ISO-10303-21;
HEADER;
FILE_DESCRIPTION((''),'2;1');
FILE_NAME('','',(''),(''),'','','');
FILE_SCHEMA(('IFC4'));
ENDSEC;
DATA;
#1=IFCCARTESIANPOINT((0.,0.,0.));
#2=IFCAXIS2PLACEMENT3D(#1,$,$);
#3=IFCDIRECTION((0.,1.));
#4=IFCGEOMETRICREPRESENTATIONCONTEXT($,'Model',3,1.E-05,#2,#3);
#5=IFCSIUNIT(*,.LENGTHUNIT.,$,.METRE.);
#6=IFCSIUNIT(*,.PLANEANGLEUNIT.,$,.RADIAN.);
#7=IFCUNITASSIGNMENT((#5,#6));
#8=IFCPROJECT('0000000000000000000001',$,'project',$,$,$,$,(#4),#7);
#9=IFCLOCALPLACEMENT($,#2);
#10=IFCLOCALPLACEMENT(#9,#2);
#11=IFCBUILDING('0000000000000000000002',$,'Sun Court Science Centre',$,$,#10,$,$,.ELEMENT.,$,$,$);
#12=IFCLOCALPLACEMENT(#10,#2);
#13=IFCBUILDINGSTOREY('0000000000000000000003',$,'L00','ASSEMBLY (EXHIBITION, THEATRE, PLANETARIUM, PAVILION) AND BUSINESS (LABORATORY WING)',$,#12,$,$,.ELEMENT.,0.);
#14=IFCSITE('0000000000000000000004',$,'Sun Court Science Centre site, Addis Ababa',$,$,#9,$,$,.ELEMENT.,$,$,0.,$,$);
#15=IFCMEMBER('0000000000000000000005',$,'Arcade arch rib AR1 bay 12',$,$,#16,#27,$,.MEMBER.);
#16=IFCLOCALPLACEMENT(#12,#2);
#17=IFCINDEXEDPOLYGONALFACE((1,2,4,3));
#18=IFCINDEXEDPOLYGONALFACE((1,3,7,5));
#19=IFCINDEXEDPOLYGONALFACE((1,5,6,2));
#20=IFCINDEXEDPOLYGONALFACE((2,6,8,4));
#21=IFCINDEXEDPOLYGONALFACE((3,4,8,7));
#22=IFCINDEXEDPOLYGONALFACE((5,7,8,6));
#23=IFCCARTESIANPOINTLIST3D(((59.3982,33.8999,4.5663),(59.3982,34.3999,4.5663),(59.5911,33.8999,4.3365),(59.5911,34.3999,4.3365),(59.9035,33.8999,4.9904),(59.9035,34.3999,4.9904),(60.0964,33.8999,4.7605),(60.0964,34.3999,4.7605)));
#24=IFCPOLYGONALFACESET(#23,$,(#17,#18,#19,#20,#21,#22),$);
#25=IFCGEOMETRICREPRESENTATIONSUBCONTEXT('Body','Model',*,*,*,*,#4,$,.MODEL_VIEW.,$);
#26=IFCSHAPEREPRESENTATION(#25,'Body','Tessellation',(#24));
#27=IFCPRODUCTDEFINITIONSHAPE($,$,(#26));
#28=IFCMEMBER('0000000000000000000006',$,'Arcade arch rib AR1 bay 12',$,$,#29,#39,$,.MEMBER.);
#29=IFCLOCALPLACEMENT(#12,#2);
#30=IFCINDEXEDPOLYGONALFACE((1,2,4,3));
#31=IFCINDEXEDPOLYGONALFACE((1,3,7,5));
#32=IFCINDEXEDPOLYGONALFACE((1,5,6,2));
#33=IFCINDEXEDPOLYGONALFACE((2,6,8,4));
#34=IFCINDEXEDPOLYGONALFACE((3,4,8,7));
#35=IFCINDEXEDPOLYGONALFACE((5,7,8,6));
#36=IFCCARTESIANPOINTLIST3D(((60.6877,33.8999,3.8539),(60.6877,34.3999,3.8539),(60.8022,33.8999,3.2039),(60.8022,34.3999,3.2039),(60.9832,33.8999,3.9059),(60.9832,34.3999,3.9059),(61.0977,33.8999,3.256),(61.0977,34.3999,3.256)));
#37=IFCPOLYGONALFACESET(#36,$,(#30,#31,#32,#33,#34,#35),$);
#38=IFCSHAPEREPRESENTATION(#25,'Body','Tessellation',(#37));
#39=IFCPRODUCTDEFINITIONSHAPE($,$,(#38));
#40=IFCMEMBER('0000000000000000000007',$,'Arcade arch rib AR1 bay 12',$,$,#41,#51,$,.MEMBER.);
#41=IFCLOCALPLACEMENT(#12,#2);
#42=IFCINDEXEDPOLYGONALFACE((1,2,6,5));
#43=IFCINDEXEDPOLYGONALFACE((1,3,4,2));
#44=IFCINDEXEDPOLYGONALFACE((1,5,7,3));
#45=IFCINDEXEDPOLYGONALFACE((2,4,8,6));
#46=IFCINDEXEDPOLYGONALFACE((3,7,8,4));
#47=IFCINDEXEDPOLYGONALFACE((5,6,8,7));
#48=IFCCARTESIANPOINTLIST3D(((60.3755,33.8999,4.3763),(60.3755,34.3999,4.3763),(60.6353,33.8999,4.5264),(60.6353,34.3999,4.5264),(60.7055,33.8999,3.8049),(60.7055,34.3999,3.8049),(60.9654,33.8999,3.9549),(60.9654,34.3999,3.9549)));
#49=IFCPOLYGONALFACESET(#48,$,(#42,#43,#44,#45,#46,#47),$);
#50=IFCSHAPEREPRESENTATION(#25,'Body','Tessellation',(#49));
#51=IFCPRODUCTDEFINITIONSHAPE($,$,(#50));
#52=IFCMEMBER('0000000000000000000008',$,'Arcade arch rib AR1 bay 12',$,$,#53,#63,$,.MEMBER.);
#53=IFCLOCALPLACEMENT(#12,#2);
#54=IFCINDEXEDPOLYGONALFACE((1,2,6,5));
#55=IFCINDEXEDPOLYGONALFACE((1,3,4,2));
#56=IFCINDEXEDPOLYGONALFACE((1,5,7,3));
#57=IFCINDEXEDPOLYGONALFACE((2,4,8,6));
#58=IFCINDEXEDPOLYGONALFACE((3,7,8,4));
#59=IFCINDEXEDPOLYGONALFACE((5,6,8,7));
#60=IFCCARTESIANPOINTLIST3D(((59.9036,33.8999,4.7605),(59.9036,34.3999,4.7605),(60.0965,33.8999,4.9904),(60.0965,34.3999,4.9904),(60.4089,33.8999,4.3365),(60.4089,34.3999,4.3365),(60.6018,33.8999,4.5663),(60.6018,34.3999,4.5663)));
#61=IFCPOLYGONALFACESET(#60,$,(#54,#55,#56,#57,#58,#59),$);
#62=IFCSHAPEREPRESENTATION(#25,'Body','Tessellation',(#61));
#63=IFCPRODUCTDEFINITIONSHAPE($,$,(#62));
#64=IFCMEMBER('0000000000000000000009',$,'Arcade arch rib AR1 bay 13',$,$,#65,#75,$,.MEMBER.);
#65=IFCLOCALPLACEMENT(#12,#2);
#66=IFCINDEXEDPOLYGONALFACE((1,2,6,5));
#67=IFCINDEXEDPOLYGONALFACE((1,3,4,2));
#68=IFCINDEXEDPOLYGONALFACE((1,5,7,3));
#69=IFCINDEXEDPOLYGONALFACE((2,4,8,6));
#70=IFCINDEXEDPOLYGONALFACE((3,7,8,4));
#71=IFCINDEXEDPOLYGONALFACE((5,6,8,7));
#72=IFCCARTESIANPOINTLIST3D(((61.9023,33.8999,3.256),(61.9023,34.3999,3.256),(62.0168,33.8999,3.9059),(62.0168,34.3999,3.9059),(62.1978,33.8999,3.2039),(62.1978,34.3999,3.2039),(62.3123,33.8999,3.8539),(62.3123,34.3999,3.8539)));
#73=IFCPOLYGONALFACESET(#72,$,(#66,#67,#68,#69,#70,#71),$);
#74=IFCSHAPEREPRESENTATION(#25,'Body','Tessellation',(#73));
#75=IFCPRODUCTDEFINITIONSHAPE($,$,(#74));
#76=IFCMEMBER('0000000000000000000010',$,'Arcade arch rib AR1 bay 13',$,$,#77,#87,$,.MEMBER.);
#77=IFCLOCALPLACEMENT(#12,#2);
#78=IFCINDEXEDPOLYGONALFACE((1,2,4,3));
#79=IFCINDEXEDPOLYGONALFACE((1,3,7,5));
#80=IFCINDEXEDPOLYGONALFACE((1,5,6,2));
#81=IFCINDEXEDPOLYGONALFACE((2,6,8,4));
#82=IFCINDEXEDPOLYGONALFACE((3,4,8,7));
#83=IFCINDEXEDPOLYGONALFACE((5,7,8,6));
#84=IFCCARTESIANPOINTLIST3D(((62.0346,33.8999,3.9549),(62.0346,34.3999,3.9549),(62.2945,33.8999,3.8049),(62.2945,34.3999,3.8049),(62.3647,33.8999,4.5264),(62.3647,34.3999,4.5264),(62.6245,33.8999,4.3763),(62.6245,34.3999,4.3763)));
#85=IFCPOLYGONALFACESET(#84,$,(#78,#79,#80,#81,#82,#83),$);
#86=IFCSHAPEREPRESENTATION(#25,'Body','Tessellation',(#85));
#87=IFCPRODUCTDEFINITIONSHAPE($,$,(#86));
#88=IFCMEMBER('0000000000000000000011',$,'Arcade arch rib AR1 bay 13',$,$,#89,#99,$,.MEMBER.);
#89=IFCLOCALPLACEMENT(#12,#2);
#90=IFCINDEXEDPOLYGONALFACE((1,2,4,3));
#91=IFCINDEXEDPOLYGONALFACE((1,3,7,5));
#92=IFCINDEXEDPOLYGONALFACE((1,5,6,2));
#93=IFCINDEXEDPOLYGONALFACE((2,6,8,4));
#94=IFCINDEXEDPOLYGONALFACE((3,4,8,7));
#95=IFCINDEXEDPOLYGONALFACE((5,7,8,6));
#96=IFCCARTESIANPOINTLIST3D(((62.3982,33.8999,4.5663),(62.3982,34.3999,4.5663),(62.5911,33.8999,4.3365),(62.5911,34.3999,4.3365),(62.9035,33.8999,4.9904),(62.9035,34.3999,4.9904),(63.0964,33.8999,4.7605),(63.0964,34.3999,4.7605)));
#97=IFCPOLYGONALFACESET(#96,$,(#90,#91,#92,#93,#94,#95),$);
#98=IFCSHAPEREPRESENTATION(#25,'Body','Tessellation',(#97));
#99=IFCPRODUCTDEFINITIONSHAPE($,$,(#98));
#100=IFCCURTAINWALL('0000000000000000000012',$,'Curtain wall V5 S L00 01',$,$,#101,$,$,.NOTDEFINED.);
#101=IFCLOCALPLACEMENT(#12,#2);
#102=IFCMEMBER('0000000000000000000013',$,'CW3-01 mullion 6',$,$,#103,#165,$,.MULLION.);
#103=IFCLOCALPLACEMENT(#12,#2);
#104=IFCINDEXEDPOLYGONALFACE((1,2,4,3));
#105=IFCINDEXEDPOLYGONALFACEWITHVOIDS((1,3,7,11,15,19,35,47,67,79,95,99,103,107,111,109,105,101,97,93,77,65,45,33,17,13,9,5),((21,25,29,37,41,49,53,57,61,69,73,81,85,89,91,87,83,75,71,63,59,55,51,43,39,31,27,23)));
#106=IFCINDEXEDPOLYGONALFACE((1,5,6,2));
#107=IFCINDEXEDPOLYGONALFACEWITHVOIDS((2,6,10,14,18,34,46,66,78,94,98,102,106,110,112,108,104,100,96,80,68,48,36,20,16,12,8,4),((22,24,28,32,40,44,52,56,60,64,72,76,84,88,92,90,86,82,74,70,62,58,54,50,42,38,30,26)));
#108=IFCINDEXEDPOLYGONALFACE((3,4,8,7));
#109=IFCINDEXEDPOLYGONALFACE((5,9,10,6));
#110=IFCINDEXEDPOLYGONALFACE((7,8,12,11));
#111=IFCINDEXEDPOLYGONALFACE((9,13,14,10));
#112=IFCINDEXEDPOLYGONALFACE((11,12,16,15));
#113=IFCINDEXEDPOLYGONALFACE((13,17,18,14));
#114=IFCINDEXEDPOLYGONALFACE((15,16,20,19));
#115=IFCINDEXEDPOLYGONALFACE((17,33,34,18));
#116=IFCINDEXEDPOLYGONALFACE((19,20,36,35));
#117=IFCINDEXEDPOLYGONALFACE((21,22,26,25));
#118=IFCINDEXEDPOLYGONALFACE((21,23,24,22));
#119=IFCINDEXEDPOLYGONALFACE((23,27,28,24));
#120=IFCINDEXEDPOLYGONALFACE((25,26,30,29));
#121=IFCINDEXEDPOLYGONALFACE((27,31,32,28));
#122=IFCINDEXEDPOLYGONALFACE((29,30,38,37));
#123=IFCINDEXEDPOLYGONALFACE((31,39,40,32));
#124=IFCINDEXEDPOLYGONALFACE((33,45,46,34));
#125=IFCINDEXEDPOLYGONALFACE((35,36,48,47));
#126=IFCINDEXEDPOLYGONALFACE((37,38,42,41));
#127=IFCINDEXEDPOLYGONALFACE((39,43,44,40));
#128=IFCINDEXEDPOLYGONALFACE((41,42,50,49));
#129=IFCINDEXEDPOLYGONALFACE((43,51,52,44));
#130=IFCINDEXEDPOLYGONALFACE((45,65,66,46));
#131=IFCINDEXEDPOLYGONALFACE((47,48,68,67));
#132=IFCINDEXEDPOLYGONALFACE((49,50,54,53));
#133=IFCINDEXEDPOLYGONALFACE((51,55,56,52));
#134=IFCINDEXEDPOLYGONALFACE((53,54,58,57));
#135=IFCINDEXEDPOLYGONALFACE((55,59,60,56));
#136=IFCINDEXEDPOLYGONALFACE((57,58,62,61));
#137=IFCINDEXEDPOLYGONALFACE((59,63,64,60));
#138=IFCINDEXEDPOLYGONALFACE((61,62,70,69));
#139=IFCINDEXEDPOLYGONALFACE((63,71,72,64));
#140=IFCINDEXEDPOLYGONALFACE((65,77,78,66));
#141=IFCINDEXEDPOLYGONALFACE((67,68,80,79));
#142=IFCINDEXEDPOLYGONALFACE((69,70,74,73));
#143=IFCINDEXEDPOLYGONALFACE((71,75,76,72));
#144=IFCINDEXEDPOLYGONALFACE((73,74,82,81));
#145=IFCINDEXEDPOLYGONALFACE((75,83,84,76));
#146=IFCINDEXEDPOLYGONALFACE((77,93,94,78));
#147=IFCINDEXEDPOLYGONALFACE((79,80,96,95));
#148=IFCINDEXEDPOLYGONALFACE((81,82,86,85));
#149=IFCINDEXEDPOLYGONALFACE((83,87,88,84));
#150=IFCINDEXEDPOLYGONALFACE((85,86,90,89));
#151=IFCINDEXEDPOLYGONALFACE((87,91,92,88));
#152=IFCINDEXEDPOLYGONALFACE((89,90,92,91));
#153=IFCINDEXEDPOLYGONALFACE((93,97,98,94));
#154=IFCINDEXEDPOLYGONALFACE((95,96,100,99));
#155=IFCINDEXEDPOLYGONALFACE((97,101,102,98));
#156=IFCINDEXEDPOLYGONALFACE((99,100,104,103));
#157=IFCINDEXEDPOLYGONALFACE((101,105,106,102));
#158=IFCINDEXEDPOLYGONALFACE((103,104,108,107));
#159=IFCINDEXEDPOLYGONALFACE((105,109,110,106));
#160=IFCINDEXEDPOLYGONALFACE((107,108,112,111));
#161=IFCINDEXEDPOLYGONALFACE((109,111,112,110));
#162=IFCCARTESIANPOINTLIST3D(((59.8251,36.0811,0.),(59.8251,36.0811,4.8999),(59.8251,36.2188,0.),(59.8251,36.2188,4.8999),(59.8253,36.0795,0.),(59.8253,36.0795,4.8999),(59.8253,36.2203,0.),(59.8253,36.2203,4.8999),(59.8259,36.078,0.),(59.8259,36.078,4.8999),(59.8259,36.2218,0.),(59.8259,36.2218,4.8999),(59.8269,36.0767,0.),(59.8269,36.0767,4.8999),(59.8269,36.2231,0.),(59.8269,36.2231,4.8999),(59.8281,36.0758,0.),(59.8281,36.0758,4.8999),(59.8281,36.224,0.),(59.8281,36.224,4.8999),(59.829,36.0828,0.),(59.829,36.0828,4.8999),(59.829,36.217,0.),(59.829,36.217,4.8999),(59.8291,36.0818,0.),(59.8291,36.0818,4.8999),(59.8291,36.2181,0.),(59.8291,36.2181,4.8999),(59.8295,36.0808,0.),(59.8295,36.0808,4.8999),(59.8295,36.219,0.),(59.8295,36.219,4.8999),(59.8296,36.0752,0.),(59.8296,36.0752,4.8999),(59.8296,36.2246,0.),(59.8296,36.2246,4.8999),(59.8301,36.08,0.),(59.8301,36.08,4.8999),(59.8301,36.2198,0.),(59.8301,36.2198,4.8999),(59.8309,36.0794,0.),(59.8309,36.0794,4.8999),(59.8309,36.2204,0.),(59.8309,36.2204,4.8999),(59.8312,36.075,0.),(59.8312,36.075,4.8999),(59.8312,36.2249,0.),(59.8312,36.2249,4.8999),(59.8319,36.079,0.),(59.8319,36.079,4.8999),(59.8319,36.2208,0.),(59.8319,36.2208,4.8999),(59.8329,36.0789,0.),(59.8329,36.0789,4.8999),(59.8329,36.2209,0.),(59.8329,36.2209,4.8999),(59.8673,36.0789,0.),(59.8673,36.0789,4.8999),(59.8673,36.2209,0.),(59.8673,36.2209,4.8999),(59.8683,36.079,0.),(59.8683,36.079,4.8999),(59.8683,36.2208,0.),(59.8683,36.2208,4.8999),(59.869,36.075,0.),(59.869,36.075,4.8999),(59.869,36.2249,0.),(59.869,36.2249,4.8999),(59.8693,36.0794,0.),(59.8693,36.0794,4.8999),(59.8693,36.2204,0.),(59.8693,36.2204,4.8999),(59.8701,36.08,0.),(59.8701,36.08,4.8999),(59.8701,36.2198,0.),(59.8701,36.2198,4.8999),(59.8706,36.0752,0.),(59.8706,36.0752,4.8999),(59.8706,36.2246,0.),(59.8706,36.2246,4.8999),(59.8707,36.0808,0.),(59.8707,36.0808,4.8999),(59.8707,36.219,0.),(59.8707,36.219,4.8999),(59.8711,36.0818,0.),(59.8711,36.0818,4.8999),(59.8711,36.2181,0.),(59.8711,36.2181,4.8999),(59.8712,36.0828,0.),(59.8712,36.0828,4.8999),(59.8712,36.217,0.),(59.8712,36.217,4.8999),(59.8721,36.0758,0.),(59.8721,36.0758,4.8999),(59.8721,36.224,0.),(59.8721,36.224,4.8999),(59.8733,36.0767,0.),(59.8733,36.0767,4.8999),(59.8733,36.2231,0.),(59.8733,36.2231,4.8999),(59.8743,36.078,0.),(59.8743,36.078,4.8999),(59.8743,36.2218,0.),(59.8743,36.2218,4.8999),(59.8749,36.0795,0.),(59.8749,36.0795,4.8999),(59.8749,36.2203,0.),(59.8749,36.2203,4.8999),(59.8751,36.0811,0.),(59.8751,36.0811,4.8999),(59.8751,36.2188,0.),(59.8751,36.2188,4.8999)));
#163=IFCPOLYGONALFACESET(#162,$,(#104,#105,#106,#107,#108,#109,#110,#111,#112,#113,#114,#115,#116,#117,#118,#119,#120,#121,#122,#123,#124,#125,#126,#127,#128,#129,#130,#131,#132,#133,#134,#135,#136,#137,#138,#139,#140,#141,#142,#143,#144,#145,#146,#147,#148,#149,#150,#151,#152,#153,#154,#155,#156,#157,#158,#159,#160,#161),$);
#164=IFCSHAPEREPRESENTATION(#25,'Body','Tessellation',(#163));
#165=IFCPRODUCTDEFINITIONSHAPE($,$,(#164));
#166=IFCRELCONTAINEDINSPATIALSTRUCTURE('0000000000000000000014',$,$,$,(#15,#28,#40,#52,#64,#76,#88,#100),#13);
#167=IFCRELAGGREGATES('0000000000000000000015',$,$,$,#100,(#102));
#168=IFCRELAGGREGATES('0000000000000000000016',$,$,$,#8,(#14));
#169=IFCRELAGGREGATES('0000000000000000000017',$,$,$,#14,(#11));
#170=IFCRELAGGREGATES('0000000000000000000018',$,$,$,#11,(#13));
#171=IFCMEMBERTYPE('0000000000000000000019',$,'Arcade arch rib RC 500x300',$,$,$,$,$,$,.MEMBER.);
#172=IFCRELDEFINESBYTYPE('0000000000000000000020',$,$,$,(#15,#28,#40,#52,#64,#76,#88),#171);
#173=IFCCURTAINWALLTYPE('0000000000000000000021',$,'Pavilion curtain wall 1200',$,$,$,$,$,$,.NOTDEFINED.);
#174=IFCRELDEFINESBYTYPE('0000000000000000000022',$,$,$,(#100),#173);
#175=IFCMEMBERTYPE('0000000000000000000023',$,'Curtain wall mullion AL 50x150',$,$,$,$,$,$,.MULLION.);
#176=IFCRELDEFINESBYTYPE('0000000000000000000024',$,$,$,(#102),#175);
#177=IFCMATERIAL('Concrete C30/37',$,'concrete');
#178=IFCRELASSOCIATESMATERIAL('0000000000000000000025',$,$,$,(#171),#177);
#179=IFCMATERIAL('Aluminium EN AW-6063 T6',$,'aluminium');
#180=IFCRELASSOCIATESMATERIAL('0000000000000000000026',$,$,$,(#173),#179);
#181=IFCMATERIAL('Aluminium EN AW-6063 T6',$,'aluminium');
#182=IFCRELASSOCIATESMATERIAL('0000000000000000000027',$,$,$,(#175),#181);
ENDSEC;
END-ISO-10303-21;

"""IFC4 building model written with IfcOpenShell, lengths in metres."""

from ifc_helpers import new_model, si_unit, direction, frame, origin, origin_2d, place, context, subcontext, project, spatial, rectangle, hollow_rectangle, extrude, material, material_profile, profile_set, type_object, element, aggregate, save


model = new_model("IFC4")

# Units and contexts
model_context = context("Model", 3, precision=1e-05, world=origin(), true_north=direction((0.0, 1.0)))
body_context = subcontext(model_context, "Body", "Model", "MODEL_VIEW")
ifc_project = project(units=[si_unit("LENGTHUNIT", "METRE"), si_unit("PLANEANGLEUNIT", "RADIAN")], contexts=[model_context])

# Site, building, storey
site_placement = place(None, origin())
site = spatial("IfcSite", under=ifc_project, at=site_placement, Name="Sun Court Science Centre site, Addis Ababa", CompositionType="ELEMENT", RefElevation=0.0)
building_placement = place(site_placement, origin())
building = spatial("IfcBuilding", under=site, at=building_placement, Name="Sun Court Science Centre", CompositionType="ELEMENT")
storey_placement = place(building_placement, origin())
storey = spatial("IfcBuildingStorey", under=building, at=storey_placement, Name="L00", Description="ASSEMBLY (EXHIBITION, THEATRE, PLANETARIUM, PAVILION) AND BUSINESS (LABORATORY WING)", CompositionType="ELEMENT", Elevation=0.0)

# Members
ifc_material_1 = material(Name="Concrete C30/37", Category="concrete")
ifc_material_profile_1 = material_profile(ifc_material_1, rectangle(XDim=0.5, YDim=0.3, at=origin_2d()), Name="RC 500x300")
ifc_profile_set_1 = profile_set([ifc_material_profile_1], Name="Concrete C30/37")
member_type_1 = type_object("IfcMemberType", Name="Arcade arch rib RC 500x300", PredefinedType="MEMBER", material=ifc_profile_set_1)
member_1_placement = place(storey_placement, frame((59.4946, 34.1499, 4.4514), z_axis=(0.766033, 0.0, 0.642801), x_axis=(0.0, 1.0, 0.0)))
element("IfcMember", 1, at=member_1_placement, inside=storey, type_object=member_type_1, Name="Arcade arch rib AR1 bay 12", PredefinedType="MEMBER", context=body_context, shape_type="SweptSolid", body=[
    extrude(rectangle(XDim=0.5, YDim=0.3, at=origin_2d()), origin(), (0.0, 0.0, 1.0), 0.6597),
])
for number, where, z_axis, x_axis, name in (
    (2, (60.95, 34.1499, 3.23), (-0.173511, 0.0, 0.984832), (0.0, -1.0, 0.0), "Arcade arch rib AR1 bay 12"),
    (3, (60.8354, 34.1499, 3.8799), (-0.500117, 0.0, 0.865958), (0.0, -1.0, 0.0), "Arcade arch rib AR1 bay 12"),
):
    element("IfcMember", number, at=place(storey_placement, frame(where, z_axis=z_axis, x_axis=x_axis)), inside=storey, type_object=member_type_1, Name=name, PredefinedType="MEMBER", context=body_context, shape_type="SweptSolid", body=[
        extrude(rectangle(XDim=0.5, YDim=0.3, at=origin_2d()), origin(), (0.0, 0.0, 1.0), 0.6599),
    ])
member_2_placement = place(storey_placement, frame((60.5054, 34.1499, 4.4514), z_axis=(-0.766033, 0.0, 0.642801), x_axis=(0.0, -1.0, 0.0)))
element("IfcMember", 4, at=member_2_placement, inside=storey, type_object=member_type_1, Name="Arcade arch rib AR1 bay 12", PredefinedType="MEMBER", context=body_context, shape_type="SweptSolid", body=[
    extrude(rectangle(XDim=0.5, YDim=0.3, at=origin_2d()), origin(), (0.0, 0.0, 1.0), 0.6597),
])
for number, where, z_axis, x_axis, name in (
    (5, (62.05, 34.1499, 3.23), (0.173511, 0.0, 0.984832), (0.0, 1.0, 0.0), "Arcade arch rib AR1 bay 13"),
    (6, (62.1646, 34.1499, 3.8799), (0.500117, 0.0, 0.865958), (0.0, 1.0, 0.0), "Arcade arch rib AR1 bay 13"),
):
    element("IfcMember", number, at=place(storey_placement, frame(where, z_axis=z_axis, x_axis=x_axis)), inside=storey, type_object=member_type_1, Name=name, PredefinedType="MEMBER", context=body_context, shape_type="SweptSolid", body=[
        extrude(rectangle(XDim=0.5, YDim=0.3, at=origin_2d()), origin(), (0.0, 0.0, 1.0), 0.6599),
    ])
member_3_placement = place(storey_placement, frame((62.4946, 34.1499, 4.4514), z_axis=(0.766033, 0.0, 0.642801), x_axis=(0.0, 1.0, 0.0)))
element("IfcMember", 7, at=member_3_placement, inside=storey, type_object=member_type_1, Name="Arcade arch rib AR1 bay 13", PredefinedType="MEMBER", context=body_context, shape_type="SweptSolid", body=[
    extrude(rectangle(XDim=0.5, YDim=0.3, at=origin_2d()), origin(), (0.0, 0.0, 1.0), 0.6597),
])

# Curtain wall, member
ifc_material_2 = material(Name="Aluminium EN AW-6063 T6", Category="aluminium")
curtain_wall_type = type_object("IfcCurtainWallType", Name="Pavilion curtain wall 1200", PredefinedType="NOTDEFINED", material=ifc_material_2)
curtain_wall_placement = place(storey_placement, origin())
curtain_wall = element("IfcCurtainWall", 8, at=curtain_wall_placement, inside=storey, type_object=curtain_wall_type, Name="Curtain wall V5 S L00 01", PredefinedType="NOTDEFINED")
ifc_material_3 = material(Name="Aluminium EN AW-6063 T6", Category="aluminium")
ifc_material_profile_2 = material_profile(ifc_material_3, hollow_rectangle(XDim=0.05, YDim=0.1499, WallThickness=0.0039, InnerFilletRadius=0.0039, OuterFilletRadius=0.0061, at=origin_2d()), Name="AL 50x150x4")
ifc_profile_set_2 = profile_set([ifc_material_profile_2], Name="Aluminium EN AW-6063 T6")
member_type_2 = type_object("IfcMemberType", Name="Curtain wall mullion AL 50x150", PredefinedType="MULLION", material=ifc_profile_set_2)
member_4_placement = place(storey_placement, frame((59.8501, 36.1499, 0.0), z_axis=(0.0, 0.0, 1.0), x_axis=(-1.0, 0.0, 0.0)))
member_4 = element("IfcMember", 9, at=member_4_placement, type_object=member_type_2, Name="CW3-01 mullion 6", PredefinedType="MULLION", context=body_context, shape_type="SweptSolid", body=[
    extrude(hollow_rectangle(XDim=0.05, YDim=0.1499, WallThickness=0.0039, InnerFilletRadius=0.0039, OuterFilletRadius=0.0061, at=origin_2d()), origin(), (0.0, 0.0, 1.0), 4.8999),
])
aggregate(curtain_wall, [member_4])

save(model, "model.ifc")
